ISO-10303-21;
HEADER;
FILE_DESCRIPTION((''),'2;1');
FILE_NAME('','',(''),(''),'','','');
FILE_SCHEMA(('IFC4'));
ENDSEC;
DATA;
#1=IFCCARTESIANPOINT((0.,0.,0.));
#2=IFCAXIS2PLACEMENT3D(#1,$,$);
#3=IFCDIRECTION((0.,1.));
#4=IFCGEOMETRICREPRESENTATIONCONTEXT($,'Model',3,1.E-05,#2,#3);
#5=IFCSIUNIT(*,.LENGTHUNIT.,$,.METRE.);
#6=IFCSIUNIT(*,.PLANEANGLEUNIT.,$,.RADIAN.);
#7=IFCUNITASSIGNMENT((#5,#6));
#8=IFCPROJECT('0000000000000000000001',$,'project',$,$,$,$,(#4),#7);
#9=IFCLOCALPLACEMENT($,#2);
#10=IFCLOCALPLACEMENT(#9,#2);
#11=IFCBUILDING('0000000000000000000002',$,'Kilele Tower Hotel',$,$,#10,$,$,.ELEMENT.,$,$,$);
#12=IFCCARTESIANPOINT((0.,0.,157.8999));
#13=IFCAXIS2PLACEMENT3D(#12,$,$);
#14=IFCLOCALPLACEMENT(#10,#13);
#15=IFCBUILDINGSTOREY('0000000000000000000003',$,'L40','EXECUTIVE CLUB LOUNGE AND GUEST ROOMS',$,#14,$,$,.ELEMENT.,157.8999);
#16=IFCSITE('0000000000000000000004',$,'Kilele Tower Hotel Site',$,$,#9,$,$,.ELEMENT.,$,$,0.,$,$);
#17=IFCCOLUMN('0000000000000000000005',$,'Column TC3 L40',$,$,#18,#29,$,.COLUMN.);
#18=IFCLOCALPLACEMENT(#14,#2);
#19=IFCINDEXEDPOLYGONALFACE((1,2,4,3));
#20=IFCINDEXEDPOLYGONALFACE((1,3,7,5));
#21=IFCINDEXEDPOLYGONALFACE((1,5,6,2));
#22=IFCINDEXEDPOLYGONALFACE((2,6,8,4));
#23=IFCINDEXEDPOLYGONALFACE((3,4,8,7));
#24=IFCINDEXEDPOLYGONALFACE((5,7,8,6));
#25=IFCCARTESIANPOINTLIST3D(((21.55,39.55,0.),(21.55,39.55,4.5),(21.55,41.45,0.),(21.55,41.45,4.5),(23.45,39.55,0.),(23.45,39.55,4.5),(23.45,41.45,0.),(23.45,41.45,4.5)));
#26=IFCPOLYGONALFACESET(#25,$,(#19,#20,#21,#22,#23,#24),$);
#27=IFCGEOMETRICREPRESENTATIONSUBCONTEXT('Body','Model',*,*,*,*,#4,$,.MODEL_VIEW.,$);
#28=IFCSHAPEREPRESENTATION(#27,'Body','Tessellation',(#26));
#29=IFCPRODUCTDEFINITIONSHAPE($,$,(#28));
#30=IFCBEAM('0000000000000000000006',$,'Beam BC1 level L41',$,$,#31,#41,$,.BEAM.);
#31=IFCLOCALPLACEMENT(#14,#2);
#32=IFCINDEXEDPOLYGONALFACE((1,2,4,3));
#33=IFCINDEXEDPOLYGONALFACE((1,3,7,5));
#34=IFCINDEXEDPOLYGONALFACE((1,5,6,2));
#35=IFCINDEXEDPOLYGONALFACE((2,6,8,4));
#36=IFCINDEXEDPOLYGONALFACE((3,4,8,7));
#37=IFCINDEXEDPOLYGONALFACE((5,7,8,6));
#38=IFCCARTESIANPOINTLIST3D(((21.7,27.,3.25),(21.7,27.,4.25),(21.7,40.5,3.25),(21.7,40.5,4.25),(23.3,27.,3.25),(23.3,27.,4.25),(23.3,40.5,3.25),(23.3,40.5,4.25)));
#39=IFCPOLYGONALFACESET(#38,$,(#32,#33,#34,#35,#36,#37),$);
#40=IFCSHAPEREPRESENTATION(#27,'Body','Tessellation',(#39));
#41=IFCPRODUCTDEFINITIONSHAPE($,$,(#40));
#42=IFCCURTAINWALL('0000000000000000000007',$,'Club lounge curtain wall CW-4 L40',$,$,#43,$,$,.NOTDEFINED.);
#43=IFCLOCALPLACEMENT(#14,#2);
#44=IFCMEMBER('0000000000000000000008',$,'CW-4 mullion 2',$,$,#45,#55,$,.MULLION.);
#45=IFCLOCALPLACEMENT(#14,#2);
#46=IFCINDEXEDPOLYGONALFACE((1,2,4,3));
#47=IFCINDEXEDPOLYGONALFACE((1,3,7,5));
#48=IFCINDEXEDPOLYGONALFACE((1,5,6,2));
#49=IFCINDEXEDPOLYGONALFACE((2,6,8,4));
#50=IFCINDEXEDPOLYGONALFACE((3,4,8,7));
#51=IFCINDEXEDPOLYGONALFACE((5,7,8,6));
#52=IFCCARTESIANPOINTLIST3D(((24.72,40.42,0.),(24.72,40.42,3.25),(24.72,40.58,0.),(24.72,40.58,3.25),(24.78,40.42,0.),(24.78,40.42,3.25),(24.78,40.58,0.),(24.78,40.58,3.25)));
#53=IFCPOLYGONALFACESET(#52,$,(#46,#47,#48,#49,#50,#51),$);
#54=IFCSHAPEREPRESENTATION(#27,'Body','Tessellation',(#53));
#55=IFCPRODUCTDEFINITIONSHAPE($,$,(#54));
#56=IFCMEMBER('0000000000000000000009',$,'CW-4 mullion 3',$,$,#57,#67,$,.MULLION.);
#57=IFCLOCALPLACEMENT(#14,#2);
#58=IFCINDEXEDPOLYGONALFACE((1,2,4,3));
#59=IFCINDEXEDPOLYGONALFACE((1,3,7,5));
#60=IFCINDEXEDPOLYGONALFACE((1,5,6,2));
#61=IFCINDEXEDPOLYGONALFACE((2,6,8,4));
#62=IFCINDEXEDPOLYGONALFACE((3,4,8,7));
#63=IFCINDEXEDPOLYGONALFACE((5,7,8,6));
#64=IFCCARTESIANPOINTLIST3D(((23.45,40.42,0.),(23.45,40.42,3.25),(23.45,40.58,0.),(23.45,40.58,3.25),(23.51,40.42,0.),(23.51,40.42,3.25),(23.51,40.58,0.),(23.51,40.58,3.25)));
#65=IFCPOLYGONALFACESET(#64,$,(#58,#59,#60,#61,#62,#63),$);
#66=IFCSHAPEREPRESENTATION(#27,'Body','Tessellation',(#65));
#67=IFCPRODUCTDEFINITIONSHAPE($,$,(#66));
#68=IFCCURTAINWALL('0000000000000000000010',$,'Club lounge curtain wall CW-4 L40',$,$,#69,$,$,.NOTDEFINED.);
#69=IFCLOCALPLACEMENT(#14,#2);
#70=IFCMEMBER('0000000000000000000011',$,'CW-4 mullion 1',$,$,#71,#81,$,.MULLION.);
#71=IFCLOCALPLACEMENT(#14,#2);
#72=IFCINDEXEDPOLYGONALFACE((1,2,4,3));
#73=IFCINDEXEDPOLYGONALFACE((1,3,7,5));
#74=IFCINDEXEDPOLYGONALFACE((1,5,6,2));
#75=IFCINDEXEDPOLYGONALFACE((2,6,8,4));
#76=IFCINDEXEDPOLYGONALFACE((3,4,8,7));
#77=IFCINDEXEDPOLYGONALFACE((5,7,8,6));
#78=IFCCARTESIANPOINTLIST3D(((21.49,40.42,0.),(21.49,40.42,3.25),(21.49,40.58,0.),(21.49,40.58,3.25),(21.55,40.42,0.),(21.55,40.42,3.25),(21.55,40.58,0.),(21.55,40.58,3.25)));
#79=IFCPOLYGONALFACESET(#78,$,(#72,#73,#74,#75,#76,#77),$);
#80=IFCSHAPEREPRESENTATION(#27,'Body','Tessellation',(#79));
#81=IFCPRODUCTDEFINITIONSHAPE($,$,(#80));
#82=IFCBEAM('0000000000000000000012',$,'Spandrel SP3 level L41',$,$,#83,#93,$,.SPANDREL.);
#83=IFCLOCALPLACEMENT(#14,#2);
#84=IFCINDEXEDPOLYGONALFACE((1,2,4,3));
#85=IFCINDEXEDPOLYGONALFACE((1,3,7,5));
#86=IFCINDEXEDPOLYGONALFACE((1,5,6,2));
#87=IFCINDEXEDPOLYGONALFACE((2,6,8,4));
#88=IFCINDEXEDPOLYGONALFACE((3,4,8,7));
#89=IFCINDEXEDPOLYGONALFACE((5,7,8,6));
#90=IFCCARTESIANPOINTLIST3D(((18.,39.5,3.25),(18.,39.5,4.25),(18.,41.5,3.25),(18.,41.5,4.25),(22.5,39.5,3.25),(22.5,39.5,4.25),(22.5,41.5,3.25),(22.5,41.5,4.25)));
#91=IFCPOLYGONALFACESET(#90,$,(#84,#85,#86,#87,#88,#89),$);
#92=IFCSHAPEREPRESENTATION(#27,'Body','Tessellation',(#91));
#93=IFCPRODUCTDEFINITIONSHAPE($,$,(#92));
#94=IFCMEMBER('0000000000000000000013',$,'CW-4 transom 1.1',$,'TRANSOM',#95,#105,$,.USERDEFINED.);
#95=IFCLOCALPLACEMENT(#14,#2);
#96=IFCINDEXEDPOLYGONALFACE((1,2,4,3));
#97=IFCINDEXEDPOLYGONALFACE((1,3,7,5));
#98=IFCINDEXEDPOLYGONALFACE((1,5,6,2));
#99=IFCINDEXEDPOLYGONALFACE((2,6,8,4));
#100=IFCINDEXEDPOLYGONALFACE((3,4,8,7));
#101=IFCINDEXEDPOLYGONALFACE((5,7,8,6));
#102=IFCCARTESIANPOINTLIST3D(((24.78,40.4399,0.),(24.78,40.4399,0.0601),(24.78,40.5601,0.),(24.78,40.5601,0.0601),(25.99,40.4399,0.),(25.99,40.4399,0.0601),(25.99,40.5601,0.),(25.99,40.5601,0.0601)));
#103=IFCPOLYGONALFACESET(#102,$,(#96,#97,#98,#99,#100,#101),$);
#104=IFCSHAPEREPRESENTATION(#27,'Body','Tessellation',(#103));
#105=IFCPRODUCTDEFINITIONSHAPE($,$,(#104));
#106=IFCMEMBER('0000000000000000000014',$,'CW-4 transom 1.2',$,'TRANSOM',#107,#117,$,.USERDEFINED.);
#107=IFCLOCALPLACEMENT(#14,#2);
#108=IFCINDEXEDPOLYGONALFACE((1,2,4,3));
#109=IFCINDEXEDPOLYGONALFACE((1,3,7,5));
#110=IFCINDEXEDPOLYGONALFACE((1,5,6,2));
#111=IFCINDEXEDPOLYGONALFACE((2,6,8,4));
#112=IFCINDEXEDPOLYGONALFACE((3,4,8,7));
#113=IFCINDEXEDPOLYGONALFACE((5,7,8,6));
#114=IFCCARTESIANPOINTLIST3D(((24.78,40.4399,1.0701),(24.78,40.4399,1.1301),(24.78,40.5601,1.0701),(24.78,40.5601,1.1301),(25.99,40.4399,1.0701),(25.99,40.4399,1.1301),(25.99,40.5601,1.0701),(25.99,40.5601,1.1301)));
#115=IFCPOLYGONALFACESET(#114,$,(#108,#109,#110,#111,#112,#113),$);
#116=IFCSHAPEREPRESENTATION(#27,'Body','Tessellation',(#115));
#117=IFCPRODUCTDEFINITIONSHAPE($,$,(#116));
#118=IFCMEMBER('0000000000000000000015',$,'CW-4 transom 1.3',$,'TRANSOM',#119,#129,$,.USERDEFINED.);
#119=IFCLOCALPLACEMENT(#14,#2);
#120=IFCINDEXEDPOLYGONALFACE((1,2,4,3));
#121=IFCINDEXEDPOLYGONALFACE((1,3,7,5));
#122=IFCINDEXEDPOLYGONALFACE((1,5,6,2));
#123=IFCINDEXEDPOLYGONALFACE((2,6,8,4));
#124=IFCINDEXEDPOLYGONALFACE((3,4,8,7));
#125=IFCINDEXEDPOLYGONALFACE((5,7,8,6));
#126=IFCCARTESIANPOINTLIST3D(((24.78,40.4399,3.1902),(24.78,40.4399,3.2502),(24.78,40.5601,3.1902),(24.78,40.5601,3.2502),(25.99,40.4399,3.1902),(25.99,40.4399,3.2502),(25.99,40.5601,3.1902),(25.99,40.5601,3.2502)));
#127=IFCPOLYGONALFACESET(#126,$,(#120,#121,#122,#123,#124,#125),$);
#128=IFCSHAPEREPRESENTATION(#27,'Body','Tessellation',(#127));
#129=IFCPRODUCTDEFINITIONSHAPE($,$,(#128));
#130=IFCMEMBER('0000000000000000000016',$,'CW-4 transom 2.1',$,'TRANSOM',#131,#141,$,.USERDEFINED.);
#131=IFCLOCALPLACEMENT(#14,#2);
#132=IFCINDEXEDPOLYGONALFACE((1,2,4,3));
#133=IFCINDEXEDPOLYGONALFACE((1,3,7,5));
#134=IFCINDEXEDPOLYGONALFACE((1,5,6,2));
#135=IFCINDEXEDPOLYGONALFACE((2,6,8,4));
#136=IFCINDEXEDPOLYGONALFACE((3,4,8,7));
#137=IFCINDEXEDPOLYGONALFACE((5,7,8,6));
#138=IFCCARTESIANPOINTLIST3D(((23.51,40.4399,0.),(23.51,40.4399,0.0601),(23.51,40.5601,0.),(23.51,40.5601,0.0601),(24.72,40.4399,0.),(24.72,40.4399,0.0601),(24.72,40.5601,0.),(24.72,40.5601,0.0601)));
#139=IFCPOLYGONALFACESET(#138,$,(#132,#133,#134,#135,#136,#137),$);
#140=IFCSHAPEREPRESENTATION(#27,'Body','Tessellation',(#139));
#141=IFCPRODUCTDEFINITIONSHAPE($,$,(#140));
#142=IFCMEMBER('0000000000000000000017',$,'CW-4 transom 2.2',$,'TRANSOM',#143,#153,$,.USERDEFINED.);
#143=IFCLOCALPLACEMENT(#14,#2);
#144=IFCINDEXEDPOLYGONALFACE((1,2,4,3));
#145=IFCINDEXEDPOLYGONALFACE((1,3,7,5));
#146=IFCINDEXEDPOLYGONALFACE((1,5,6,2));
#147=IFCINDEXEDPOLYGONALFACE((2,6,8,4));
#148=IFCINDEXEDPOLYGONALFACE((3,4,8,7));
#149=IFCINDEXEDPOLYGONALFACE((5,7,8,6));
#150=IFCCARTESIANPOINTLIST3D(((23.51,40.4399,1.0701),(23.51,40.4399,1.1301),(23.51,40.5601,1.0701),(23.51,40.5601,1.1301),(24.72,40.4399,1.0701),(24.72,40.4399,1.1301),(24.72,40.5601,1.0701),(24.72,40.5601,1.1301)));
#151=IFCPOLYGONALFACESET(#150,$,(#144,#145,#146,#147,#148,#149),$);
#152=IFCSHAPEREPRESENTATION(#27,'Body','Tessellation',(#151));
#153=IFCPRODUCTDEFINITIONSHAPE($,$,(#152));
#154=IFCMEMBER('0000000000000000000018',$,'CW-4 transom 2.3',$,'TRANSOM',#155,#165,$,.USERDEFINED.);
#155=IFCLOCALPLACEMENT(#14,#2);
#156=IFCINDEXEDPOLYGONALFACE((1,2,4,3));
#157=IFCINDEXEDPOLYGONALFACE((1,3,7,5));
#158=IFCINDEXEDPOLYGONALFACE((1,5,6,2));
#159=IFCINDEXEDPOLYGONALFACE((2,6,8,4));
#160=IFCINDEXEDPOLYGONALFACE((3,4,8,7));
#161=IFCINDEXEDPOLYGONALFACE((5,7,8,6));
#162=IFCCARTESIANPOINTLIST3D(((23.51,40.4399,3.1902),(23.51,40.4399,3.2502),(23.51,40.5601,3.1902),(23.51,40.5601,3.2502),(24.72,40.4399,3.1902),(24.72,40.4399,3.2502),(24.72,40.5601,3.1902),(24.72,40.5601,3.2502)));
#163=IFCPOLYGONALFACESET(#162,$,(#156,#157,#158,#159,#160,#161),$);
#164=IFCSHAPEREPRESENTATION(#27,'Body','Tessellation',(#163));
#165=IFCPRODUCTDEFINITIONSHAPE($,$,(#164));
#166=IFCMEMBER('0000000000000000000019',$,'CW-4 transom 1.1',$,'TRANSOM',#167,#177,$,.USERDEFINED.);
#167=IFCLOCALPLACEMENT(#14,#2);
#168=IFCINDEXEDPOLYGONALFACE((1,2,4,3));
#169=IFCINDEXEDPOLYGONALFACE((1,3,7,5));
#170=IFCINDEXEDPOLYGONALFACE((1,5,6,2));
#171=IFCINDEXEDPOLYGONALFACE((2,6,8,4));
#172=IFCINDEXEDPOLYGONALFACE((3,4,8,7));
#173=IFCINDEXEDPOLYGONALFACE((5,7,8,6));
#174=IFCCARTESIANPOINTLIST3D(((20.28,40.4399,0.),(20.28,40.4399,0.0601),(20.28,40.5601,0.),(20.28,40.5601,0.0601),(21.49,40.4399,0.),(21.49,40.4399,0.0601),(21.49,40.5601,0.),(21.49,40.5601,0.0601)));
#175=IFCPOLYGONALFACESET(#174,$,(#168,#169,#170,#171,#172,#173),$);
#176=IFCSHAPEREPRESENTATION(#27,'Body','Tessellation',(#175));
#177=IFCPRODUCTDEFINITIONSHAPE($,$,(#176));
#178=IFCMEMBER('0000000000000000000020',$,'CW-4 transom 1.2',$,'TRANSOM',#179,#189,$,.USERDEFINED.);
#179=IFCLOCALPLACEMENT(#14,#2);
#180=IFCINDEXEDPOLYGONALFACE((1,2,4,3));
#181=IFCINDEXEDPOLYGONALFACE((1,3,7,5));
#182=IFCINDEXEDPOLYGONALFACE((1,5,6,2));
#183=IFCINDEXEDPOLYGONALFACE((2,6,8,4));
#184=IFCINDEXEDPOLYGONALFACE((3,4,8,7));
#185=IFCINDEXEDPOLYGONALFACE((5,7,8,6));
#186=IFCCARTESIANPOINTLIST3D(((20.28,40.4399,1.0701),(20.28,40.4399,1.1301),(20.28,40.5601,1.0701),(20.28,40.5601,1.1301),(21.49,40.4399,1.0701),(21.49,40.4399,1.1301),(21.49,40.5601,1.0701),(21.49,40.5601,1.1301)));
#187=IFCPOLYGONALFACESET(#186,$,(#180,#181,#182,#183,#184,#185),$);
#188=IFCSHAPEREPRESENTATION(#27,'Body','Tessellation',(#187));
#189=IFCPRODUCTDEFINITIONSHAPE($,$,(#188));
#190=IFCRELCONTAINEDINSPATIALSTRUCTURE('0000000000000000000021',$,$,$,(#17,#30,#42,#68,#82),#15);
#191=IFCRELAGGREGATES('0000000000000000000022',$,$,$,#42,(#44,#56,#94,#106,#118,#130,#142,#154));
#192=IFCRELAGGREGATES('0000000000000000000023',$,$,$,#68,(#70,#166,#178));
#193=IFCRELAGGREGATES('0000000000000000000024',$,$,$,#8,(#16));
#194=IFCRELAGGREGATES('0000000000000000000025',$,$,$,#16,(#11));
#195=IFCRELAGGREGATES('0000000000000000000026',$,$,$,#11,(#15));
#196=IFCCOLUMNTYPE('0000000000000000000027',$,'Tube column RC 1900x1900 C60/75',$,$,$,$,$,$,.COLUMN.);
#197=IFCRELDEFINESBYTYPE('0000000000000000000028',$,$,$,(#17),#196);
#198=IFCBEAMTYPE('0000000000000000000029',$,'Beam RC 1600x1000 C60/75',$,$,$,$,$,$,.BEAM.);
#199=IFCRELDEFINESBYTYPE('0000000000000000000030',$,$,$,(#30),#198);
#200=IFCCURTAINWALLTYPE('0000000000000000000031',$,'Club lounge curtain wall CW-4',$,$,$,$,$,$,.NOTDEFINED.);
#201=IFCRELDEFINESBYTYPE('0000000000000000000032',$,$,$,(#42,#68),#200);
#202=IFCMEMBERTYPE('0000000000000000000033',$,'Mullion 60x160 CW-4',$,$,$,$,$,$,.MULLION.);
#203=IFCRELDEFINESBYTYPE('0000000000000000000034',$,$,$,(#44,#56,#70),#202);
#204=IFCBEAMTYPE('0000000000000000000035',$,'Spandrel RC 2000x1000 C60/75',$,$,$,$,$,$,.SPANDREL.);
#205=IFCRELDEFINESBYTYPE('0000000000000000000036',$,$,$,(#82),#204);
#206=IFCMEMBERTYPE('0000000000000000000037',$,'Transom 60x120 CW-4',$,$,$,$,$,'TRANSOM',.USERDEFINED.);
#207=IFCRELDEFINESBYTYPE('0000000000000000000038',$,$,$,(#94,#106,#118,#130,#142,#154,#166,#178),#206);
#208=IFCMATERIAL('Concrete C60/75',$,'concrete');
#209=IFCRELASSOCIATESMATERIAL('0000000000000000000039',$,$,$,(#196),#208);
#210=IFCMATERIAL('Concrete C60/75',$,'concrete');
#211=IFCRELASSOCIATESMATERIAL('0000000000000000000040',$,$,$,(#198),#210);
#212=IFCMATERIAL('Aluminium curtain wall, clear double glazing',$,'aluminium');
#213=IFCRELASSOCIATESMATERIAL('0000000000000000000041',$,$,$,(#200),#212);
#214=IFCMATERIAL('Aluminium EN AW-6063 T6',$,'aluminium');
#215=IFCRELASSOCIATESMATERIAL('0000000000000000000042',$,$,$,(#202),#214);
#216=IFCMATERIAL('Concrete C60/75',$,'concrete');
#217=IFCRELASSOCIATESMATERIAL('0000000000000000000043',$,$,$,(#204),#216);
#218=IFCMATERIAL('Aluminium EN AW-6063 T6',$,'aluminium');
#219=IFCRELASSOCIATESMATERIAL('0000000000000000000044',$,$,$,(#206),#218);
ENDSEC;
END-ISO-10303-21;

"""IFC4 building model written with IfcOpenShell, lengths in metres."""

from ifc_helpers import new_model, si_unit, direction, frame, origin, origin_2d, place, context, subcontext, project, spatial, rectangle, extrude, material, material_profile, profile_set, type_object, element, aggregate, save


model = new_model("IFC4")

# Units and contexts
model_context = context("Model", 3, precision=1e-05, world=origin(), true_north=direction((0.0, 1.0)))
body_context = subcontext(model_context, "Body", "Model", "MODEL_VIEW")
ifc_project = project(units=[si_unit("LENGTHUNIT", "METRE"), si_unit("PLANEANGLEUNIT", "RADIAN")], contexts=[model_context])

# Site, building, storey
site_placement = place(None, origin())
site = spatial("IfcSite", under=ifc_project, at=site_placement, Name="Kilele Tower Hotel Site", CompositionType="ELEMENT", RefElevation=0.0)
building_placement = place(site_placement, origin())
building = spatial("IfcBuilding", under=site, at=building_placement, Name="Kilele Tower Hotel", CompositionType="ELEMENT")
storey_placement = place(building_placement, frame((0.0, 0.0, 157.8999)))
storey = spatial("IfcBuildingStorey", under=building, at=storey_placement, Name="L40", Description="EXECUTIVE CLUB LOUNGE AND GUEST ROOMS", CompositionType="ELEMENT", Elevation=157.8999)

# Column
ifc_material_1 = material(Name="Concrete C60/75", Category="concrete")
ifc_material_profile_1 = material_profile(ifc_material_1, rectangle(XDim=1.8999, YDim=1.8999, at=origin_2d()))
ifc_profile_set_1 = profile_set([ifc_material_profile_1], Name="Concrete C60/75")
column_type = type_object("IfcColumnType", Name="Tube column RC 1900x1900 C60/75", PredefinedType="COLUMN", material=ifc_profile_set_1)
column_placement = place(storey_placement, frame((22.5, 40.5, 0.0), z_axis=(0.0, 0.0, 1.0), x_axis=(1.0, 0.0, 0.0)))
element("IfcColumn", 1, at=column_placement, inside=storey, type_object=column_type, Name="Column TC3 L40", PredefinedType="COLUMN", context=body_context, shape_type="SweptSolid", body=[
    extrude(rectangle(XDim=1.8999, YDim=1.8999, at=origin_2d()), origin(), (0.0, 0.0, 1.0), 4.5),
])

# Beam
ifc_material_2 = material(Name="Concrete C60/75", Category="concrete")
ifc_material_profile_2 = material_profile(ifc_material_2, rectangle(XDim=1.6001, YDim=1.0, at=origin_2d()))
ifc_profile_set_2 = profile_set([ifc_material_profile_2], Name="Concrete C60/75")
beam_type_1 = type_object("IfcBeamType", Name="Beam RC 1600x1000 C60/75", PredefinedType="BEAM", material=ifc_profile_set_2)
beam_1_placement = place(storey_placement, frame((22.5, 40.5, 3.75), z_axis=(0.0, -1.0, 0.0), x_axis=(1.0, 0.0, 0.0)))
element("IfcBeam", 2, at=beam_1_placement, inside=storey, type_object=beam_type_1, Name="Beam BC1 level L41", PredefinedType="BEAM", context=body_context, shape_type="SweptSolid", body=[
    extrude(rectangle(XDim=1.6001, YDim=1.0, at=origin_2d()), origin(), (0.0, 0.0, 1.0), 13.5),
])

# Curtain wall, members
ifc_material_3 = material(Name="Aluminium curtain wall, clear double glazing", Category="aluminium")
curtain_wall_type = type_object("IfcCurtainWallType", Name="Club lounge curtain wall CW-4", PredefinedType="NOTDEFINED", material=ifc_material_3)
curtain_wall_1_placement = place(storey_placement, origin())
curtain_wall_1 = element("IfcCurtainWall", 3, at=curtain_wall_1_placement, inside=storey, type_object=curtain_wall_type, Name="Club lounge curtain wall CW-4 L40", PredefinedType="NOTDEFINED")
ifc_material_4 = material(Name="Aluminium EN AW-6063 T6", Category="aluminium")
ifc_material_profile_3 = material_profile(ifc_material_4, rectangle(XDim=0.1599, YDim=0.0601, at=origin_2d()))
ifc_profile_set_3 = profile_set([ifc_material_profile_3], Name="Aluminium EN AW-6063 T6")
member_type_1 = type_object("IfcMemberType", Name="Mullion 60x160 CW-4", PredefinedType="MULLION", material=ifc_profile_set_3)
member_1_placement = place(storey_placement, frame((24.75, 40.5, 0.0), z_axis=(0.0, 0.0, 1.0), x_axis=(0.0, -1.0, 0.0)))
member_1 = element("IfcMember", 4, at=member_1_placement, type_object=member_type_1, Name="CW-4 mullion 2", PredefinedType="MULLION", context=body_context, shape_type="SweptSolid", body=[
    extrude(rectangle(XDim=0.1599, YDim=0.0601, at=origin_2d()), origin(), (0.0, 0.0, 1.0), 3.25),
])
member_2_placement = place(storey_placement, frame((23.48, 40.5, 0.0), z_axis=(0.0, 0.0, 1.0), x_axis=(0.0, -1.0, 0.0)))
member_2 = element("IfcMember", 5, at=member_2_placement, type_object=member_type_1, Name="CW-4 mullion 3", PredefinedType="MULLION", context=body_context, shape_type="SweptSolid", body=[
    extrude(rectangle(XDim=0.1599, YDim=0.0601, at=origin_2d()), origin(), (0.0, 0.0, 1.0), 3.25),
])

# Curtain wall, member
curtain_wall_2_placement = place(storey_placement, origin())
curtain_wall_2 = element("IfcCurtainWall", 6, at=curtain_wall_2_placement, inside=storey, type_object=curtain_wall_type, Name="Club lounge curtain wall CW-4 L40", PredefinedType="NOTDEFINED")
member_3_placement = place(storey_placement, frame((21.52, 40.5, 0.0), z_axis=(0.0, 0.0, 1.0), x_axis=(0.0, -1.0, 0.0)))
member_3 = element("IfcMember", 7, at=member_3_placement, type_object=member_type_1, Name="CW-4 mullion 1", PredefinedType="MULLION", context=body_context, shape_type="SweptSolid", body=[
    extrude(rectangle(XDim=0.1599, YDim=0.0601, at=origin_2d()), origin(), (0.0, 0.0, 1.0), 3.25),
])

# Beam
ifc_material_5 = material(Name="Concrete C60/75", Category="concrete")
ifc_material_profile_4 = material_profile(ifc_material_5, rectangle(XDim=2.0, YDim=1.0, at=origin_2d()))
ifc_profile_set_4 = profile_set([ifc_material_profile_4], Name="Concrete C60/75")
beam_type_2 = type_object("IfcBeamType", Name="Spandrel RC 2000x1000 C60/75", PredefinedType="SPANDREL", material=ifc_profile_set_4)
beam_2_placement = place(storey_placement, frame((22.5, 40.5, 3.75), z_axis=(-1.0, 0.0, 0.0), x_axis=(0.0, -1.0, 0.0)))
element("IfcBeam", 8, at=beam_2_placement, inside=storey, type_object=beam_type_2, Name="Spandrel SP3 level L41", PredefinedType="SPANDREL", context=body_context, shape_type="SweptSolid", body=[
    extrude(rectangle(XDim=2.0, YDim=1.0, at=origin_2d()), origin(), (0.0, 0.0, 1.0), 4.5),
])

# Members
ifc_material_6 = material(Name="Aluminium EN AW-6063 T6", Category="aluminium")
ifc_material_profile_5 = material_profile(ifc_material_6, rectangle(XDim=0.1201, YDim=0.0601, at=origin_2d()))
ifc_profile_set_5 = profile_set([ifc_material_profile_5], Name="Aluminium EN AW-6063 T6")
member_type_2 = type_object("IfcMemberType", Name="Transom 60x120 CW-4", ElementType="TRANSOM", PredefinedType="USERDEFINED", material=ifc_profile_set_5)
member_4_placement = place(storey_placement, frame((25.99, 40.5, 0.03), z_axis=(-1.0, 0.0, 0.0), x_axis=(0.0, -1.0, 0.0)))
member_4 = element("IfcMember", 9, at=member_4_placement, type_object=member_type_2, Name="CW-4 transom 1.1", ObjectType="TRANSOM", PredefinedType="USERDEFINED", context=body_context, shape_type="SweptSolid", body=[
    extrude(rectangle(XDim=0.1201, YDim=0.0601, at=origin_2d()), origin(), (0.0, 0.0, 1.0), 1.21),
])
member_5_placement = place(storey_placement, frame((25.99, 40.5, 1.1001), z_axis=(-1.0, 0.0, 0.0), x_axis=(0.0, -1.0, 0.0)))
member_5 = element("IfcMember", 10, at=member_5_placement, type_object=member_type_2, Name="CW-4 transom 1.2", ObjectType="TRANSOM", PredefinedType="USERDEFINED", context=body_context, shape_type="SweptSolid", body=[
    extrude(rectangle(XDim=0.1201, YDim=0.0601, at=origin_2d()), origin(), (0.0, 0.0, 1.0), 1.21),
])
member_6_placement = place(storey_placement, frame((25.99, 40.5, 3.2202), z_axis=(-1.0, 0.0, 0.0), x_axis=(0.0, -1.0, 0.0)))
member_6 = element("IfcMember", 11, at=member_6_placement, type_object=member_type_2, Name="CW-4 transom 1.3", ObjectType="TRANSOM", PredefinedType="USERDEFINED", context=body_context, shape_type="SweptSolid", body=[
    extrude(rectangle(XDim=0.1201, YDim=0.0601, at=origin_2d()), origin(), (0.0, 0.0, 1.0), 1.21),
])
member_7_placement = place(storey_placement, frame((24.72, 40.5, 0.03), z_axis=(-1.0, 0.0, 0.0), x_axis=(0.0, -1.0, 0.0)))
member_7 = element("IfcMember", 12, at=member_7_placement, type_object=member_type_2, Name="CW-4 transom 2.1", ObjectType="TRANSOM", PredefinedType="USERDEFINED", context=body_context, shape_type="SweptSolid", body=[
    extrude(rectangle(XDim=0.1201, YDim=0.0601, at=origin_2d()), origin(), (0.0, 0.0, 1.0), 1.21),
])
member_8_placement = place(storey_placement, frame((24.72, 40.5, 1.1001), z_axis=(-1.0, 0.0, 0.0), x_axis=(0.0, -1.0, 0.0)))
member_8 = element("IfcMember", 13, at=member_8_placement, type_object=member_type_2, Name="CW-4 transom 2.2", ObjectType="TRANSOM", PredefinedType="USERDEFINED", context=body_context, shape_type="SweptSolid", body=[
    extrude(rectangle(XDim=0.1201, YDim=0.0601, at=origin_2d()), origin(), (0.0, 0.0, 1.0), 1.21),
])
member_9_placement = place(storey_placement, frame((24.72, 40.5, 3.2202), z_axis=(-1.0, 0.0, 0.0), x_axis=(0.0, -1.0, 0.0)))
member_9 = element("IfcMember", 14, at=member_9_placement, type_object=member_type_2, Name="CW-4 transom 2.3", ObjectType="TRANSOM", PredefinedType="USERDEFINED", context=body_context, shape_type="SweptSolid", body=[
    extrude(rectangle(XDim=0.1201, YDim=0.0601, at=origin_2d()), origin(), (0.0, 0.0, 1.0), 1.21),
])
member_10_placement = place(storey_placement, frame((21.49, 40.5, 0.03), z_axis=(-1.0, 0.0, 0.0), x_axis=(0.0, -1.0, 0.0)))
member_10 = element("IfcMember", 15, at=member_10_placement, type_object=member_type_2, Name="CW-4 transom 1.1", ObjectType="TRANSOM", PredefinedType="USERDEFINED", context=body_context, shape_type="SweptSolid", body=[
    extrude(rectangle(XDim=0.1201, YDim=0.0601, at=origin_2d()), origin(), (0.0, 0.0, 1.0), 1.21),
])
member_11_placement = place(storey_placement, frame((21.49, 40.5, 1.1001), z_axis=(-1.0, 0.0, 0.0), x_axis=(0.0, -1.0, 0.0)))
member_11 = element("IfcMember", 16, at=member_11_placement, type_object=member_type_2, Name="CW-4 transom 1.2", ObjectType="TRANSOM", PredefinedType="USERDEFINED", context=body_context, shape_type="SweptSolid", body=[
    extrude(rectangle(XDim=0.1201, YDim=0.0601, at=origin_2d()), origin(), (0.0, 0.0, 1.0), 1.21),
])

aggregate(curtain_wall_1, [member_1, member_2, member_4, member_5, member_6, member_7, member_8, member_9])
aggregate(curtain_wall_2, [member_3, member_10, member_11])

save(model, "model.ifc")
